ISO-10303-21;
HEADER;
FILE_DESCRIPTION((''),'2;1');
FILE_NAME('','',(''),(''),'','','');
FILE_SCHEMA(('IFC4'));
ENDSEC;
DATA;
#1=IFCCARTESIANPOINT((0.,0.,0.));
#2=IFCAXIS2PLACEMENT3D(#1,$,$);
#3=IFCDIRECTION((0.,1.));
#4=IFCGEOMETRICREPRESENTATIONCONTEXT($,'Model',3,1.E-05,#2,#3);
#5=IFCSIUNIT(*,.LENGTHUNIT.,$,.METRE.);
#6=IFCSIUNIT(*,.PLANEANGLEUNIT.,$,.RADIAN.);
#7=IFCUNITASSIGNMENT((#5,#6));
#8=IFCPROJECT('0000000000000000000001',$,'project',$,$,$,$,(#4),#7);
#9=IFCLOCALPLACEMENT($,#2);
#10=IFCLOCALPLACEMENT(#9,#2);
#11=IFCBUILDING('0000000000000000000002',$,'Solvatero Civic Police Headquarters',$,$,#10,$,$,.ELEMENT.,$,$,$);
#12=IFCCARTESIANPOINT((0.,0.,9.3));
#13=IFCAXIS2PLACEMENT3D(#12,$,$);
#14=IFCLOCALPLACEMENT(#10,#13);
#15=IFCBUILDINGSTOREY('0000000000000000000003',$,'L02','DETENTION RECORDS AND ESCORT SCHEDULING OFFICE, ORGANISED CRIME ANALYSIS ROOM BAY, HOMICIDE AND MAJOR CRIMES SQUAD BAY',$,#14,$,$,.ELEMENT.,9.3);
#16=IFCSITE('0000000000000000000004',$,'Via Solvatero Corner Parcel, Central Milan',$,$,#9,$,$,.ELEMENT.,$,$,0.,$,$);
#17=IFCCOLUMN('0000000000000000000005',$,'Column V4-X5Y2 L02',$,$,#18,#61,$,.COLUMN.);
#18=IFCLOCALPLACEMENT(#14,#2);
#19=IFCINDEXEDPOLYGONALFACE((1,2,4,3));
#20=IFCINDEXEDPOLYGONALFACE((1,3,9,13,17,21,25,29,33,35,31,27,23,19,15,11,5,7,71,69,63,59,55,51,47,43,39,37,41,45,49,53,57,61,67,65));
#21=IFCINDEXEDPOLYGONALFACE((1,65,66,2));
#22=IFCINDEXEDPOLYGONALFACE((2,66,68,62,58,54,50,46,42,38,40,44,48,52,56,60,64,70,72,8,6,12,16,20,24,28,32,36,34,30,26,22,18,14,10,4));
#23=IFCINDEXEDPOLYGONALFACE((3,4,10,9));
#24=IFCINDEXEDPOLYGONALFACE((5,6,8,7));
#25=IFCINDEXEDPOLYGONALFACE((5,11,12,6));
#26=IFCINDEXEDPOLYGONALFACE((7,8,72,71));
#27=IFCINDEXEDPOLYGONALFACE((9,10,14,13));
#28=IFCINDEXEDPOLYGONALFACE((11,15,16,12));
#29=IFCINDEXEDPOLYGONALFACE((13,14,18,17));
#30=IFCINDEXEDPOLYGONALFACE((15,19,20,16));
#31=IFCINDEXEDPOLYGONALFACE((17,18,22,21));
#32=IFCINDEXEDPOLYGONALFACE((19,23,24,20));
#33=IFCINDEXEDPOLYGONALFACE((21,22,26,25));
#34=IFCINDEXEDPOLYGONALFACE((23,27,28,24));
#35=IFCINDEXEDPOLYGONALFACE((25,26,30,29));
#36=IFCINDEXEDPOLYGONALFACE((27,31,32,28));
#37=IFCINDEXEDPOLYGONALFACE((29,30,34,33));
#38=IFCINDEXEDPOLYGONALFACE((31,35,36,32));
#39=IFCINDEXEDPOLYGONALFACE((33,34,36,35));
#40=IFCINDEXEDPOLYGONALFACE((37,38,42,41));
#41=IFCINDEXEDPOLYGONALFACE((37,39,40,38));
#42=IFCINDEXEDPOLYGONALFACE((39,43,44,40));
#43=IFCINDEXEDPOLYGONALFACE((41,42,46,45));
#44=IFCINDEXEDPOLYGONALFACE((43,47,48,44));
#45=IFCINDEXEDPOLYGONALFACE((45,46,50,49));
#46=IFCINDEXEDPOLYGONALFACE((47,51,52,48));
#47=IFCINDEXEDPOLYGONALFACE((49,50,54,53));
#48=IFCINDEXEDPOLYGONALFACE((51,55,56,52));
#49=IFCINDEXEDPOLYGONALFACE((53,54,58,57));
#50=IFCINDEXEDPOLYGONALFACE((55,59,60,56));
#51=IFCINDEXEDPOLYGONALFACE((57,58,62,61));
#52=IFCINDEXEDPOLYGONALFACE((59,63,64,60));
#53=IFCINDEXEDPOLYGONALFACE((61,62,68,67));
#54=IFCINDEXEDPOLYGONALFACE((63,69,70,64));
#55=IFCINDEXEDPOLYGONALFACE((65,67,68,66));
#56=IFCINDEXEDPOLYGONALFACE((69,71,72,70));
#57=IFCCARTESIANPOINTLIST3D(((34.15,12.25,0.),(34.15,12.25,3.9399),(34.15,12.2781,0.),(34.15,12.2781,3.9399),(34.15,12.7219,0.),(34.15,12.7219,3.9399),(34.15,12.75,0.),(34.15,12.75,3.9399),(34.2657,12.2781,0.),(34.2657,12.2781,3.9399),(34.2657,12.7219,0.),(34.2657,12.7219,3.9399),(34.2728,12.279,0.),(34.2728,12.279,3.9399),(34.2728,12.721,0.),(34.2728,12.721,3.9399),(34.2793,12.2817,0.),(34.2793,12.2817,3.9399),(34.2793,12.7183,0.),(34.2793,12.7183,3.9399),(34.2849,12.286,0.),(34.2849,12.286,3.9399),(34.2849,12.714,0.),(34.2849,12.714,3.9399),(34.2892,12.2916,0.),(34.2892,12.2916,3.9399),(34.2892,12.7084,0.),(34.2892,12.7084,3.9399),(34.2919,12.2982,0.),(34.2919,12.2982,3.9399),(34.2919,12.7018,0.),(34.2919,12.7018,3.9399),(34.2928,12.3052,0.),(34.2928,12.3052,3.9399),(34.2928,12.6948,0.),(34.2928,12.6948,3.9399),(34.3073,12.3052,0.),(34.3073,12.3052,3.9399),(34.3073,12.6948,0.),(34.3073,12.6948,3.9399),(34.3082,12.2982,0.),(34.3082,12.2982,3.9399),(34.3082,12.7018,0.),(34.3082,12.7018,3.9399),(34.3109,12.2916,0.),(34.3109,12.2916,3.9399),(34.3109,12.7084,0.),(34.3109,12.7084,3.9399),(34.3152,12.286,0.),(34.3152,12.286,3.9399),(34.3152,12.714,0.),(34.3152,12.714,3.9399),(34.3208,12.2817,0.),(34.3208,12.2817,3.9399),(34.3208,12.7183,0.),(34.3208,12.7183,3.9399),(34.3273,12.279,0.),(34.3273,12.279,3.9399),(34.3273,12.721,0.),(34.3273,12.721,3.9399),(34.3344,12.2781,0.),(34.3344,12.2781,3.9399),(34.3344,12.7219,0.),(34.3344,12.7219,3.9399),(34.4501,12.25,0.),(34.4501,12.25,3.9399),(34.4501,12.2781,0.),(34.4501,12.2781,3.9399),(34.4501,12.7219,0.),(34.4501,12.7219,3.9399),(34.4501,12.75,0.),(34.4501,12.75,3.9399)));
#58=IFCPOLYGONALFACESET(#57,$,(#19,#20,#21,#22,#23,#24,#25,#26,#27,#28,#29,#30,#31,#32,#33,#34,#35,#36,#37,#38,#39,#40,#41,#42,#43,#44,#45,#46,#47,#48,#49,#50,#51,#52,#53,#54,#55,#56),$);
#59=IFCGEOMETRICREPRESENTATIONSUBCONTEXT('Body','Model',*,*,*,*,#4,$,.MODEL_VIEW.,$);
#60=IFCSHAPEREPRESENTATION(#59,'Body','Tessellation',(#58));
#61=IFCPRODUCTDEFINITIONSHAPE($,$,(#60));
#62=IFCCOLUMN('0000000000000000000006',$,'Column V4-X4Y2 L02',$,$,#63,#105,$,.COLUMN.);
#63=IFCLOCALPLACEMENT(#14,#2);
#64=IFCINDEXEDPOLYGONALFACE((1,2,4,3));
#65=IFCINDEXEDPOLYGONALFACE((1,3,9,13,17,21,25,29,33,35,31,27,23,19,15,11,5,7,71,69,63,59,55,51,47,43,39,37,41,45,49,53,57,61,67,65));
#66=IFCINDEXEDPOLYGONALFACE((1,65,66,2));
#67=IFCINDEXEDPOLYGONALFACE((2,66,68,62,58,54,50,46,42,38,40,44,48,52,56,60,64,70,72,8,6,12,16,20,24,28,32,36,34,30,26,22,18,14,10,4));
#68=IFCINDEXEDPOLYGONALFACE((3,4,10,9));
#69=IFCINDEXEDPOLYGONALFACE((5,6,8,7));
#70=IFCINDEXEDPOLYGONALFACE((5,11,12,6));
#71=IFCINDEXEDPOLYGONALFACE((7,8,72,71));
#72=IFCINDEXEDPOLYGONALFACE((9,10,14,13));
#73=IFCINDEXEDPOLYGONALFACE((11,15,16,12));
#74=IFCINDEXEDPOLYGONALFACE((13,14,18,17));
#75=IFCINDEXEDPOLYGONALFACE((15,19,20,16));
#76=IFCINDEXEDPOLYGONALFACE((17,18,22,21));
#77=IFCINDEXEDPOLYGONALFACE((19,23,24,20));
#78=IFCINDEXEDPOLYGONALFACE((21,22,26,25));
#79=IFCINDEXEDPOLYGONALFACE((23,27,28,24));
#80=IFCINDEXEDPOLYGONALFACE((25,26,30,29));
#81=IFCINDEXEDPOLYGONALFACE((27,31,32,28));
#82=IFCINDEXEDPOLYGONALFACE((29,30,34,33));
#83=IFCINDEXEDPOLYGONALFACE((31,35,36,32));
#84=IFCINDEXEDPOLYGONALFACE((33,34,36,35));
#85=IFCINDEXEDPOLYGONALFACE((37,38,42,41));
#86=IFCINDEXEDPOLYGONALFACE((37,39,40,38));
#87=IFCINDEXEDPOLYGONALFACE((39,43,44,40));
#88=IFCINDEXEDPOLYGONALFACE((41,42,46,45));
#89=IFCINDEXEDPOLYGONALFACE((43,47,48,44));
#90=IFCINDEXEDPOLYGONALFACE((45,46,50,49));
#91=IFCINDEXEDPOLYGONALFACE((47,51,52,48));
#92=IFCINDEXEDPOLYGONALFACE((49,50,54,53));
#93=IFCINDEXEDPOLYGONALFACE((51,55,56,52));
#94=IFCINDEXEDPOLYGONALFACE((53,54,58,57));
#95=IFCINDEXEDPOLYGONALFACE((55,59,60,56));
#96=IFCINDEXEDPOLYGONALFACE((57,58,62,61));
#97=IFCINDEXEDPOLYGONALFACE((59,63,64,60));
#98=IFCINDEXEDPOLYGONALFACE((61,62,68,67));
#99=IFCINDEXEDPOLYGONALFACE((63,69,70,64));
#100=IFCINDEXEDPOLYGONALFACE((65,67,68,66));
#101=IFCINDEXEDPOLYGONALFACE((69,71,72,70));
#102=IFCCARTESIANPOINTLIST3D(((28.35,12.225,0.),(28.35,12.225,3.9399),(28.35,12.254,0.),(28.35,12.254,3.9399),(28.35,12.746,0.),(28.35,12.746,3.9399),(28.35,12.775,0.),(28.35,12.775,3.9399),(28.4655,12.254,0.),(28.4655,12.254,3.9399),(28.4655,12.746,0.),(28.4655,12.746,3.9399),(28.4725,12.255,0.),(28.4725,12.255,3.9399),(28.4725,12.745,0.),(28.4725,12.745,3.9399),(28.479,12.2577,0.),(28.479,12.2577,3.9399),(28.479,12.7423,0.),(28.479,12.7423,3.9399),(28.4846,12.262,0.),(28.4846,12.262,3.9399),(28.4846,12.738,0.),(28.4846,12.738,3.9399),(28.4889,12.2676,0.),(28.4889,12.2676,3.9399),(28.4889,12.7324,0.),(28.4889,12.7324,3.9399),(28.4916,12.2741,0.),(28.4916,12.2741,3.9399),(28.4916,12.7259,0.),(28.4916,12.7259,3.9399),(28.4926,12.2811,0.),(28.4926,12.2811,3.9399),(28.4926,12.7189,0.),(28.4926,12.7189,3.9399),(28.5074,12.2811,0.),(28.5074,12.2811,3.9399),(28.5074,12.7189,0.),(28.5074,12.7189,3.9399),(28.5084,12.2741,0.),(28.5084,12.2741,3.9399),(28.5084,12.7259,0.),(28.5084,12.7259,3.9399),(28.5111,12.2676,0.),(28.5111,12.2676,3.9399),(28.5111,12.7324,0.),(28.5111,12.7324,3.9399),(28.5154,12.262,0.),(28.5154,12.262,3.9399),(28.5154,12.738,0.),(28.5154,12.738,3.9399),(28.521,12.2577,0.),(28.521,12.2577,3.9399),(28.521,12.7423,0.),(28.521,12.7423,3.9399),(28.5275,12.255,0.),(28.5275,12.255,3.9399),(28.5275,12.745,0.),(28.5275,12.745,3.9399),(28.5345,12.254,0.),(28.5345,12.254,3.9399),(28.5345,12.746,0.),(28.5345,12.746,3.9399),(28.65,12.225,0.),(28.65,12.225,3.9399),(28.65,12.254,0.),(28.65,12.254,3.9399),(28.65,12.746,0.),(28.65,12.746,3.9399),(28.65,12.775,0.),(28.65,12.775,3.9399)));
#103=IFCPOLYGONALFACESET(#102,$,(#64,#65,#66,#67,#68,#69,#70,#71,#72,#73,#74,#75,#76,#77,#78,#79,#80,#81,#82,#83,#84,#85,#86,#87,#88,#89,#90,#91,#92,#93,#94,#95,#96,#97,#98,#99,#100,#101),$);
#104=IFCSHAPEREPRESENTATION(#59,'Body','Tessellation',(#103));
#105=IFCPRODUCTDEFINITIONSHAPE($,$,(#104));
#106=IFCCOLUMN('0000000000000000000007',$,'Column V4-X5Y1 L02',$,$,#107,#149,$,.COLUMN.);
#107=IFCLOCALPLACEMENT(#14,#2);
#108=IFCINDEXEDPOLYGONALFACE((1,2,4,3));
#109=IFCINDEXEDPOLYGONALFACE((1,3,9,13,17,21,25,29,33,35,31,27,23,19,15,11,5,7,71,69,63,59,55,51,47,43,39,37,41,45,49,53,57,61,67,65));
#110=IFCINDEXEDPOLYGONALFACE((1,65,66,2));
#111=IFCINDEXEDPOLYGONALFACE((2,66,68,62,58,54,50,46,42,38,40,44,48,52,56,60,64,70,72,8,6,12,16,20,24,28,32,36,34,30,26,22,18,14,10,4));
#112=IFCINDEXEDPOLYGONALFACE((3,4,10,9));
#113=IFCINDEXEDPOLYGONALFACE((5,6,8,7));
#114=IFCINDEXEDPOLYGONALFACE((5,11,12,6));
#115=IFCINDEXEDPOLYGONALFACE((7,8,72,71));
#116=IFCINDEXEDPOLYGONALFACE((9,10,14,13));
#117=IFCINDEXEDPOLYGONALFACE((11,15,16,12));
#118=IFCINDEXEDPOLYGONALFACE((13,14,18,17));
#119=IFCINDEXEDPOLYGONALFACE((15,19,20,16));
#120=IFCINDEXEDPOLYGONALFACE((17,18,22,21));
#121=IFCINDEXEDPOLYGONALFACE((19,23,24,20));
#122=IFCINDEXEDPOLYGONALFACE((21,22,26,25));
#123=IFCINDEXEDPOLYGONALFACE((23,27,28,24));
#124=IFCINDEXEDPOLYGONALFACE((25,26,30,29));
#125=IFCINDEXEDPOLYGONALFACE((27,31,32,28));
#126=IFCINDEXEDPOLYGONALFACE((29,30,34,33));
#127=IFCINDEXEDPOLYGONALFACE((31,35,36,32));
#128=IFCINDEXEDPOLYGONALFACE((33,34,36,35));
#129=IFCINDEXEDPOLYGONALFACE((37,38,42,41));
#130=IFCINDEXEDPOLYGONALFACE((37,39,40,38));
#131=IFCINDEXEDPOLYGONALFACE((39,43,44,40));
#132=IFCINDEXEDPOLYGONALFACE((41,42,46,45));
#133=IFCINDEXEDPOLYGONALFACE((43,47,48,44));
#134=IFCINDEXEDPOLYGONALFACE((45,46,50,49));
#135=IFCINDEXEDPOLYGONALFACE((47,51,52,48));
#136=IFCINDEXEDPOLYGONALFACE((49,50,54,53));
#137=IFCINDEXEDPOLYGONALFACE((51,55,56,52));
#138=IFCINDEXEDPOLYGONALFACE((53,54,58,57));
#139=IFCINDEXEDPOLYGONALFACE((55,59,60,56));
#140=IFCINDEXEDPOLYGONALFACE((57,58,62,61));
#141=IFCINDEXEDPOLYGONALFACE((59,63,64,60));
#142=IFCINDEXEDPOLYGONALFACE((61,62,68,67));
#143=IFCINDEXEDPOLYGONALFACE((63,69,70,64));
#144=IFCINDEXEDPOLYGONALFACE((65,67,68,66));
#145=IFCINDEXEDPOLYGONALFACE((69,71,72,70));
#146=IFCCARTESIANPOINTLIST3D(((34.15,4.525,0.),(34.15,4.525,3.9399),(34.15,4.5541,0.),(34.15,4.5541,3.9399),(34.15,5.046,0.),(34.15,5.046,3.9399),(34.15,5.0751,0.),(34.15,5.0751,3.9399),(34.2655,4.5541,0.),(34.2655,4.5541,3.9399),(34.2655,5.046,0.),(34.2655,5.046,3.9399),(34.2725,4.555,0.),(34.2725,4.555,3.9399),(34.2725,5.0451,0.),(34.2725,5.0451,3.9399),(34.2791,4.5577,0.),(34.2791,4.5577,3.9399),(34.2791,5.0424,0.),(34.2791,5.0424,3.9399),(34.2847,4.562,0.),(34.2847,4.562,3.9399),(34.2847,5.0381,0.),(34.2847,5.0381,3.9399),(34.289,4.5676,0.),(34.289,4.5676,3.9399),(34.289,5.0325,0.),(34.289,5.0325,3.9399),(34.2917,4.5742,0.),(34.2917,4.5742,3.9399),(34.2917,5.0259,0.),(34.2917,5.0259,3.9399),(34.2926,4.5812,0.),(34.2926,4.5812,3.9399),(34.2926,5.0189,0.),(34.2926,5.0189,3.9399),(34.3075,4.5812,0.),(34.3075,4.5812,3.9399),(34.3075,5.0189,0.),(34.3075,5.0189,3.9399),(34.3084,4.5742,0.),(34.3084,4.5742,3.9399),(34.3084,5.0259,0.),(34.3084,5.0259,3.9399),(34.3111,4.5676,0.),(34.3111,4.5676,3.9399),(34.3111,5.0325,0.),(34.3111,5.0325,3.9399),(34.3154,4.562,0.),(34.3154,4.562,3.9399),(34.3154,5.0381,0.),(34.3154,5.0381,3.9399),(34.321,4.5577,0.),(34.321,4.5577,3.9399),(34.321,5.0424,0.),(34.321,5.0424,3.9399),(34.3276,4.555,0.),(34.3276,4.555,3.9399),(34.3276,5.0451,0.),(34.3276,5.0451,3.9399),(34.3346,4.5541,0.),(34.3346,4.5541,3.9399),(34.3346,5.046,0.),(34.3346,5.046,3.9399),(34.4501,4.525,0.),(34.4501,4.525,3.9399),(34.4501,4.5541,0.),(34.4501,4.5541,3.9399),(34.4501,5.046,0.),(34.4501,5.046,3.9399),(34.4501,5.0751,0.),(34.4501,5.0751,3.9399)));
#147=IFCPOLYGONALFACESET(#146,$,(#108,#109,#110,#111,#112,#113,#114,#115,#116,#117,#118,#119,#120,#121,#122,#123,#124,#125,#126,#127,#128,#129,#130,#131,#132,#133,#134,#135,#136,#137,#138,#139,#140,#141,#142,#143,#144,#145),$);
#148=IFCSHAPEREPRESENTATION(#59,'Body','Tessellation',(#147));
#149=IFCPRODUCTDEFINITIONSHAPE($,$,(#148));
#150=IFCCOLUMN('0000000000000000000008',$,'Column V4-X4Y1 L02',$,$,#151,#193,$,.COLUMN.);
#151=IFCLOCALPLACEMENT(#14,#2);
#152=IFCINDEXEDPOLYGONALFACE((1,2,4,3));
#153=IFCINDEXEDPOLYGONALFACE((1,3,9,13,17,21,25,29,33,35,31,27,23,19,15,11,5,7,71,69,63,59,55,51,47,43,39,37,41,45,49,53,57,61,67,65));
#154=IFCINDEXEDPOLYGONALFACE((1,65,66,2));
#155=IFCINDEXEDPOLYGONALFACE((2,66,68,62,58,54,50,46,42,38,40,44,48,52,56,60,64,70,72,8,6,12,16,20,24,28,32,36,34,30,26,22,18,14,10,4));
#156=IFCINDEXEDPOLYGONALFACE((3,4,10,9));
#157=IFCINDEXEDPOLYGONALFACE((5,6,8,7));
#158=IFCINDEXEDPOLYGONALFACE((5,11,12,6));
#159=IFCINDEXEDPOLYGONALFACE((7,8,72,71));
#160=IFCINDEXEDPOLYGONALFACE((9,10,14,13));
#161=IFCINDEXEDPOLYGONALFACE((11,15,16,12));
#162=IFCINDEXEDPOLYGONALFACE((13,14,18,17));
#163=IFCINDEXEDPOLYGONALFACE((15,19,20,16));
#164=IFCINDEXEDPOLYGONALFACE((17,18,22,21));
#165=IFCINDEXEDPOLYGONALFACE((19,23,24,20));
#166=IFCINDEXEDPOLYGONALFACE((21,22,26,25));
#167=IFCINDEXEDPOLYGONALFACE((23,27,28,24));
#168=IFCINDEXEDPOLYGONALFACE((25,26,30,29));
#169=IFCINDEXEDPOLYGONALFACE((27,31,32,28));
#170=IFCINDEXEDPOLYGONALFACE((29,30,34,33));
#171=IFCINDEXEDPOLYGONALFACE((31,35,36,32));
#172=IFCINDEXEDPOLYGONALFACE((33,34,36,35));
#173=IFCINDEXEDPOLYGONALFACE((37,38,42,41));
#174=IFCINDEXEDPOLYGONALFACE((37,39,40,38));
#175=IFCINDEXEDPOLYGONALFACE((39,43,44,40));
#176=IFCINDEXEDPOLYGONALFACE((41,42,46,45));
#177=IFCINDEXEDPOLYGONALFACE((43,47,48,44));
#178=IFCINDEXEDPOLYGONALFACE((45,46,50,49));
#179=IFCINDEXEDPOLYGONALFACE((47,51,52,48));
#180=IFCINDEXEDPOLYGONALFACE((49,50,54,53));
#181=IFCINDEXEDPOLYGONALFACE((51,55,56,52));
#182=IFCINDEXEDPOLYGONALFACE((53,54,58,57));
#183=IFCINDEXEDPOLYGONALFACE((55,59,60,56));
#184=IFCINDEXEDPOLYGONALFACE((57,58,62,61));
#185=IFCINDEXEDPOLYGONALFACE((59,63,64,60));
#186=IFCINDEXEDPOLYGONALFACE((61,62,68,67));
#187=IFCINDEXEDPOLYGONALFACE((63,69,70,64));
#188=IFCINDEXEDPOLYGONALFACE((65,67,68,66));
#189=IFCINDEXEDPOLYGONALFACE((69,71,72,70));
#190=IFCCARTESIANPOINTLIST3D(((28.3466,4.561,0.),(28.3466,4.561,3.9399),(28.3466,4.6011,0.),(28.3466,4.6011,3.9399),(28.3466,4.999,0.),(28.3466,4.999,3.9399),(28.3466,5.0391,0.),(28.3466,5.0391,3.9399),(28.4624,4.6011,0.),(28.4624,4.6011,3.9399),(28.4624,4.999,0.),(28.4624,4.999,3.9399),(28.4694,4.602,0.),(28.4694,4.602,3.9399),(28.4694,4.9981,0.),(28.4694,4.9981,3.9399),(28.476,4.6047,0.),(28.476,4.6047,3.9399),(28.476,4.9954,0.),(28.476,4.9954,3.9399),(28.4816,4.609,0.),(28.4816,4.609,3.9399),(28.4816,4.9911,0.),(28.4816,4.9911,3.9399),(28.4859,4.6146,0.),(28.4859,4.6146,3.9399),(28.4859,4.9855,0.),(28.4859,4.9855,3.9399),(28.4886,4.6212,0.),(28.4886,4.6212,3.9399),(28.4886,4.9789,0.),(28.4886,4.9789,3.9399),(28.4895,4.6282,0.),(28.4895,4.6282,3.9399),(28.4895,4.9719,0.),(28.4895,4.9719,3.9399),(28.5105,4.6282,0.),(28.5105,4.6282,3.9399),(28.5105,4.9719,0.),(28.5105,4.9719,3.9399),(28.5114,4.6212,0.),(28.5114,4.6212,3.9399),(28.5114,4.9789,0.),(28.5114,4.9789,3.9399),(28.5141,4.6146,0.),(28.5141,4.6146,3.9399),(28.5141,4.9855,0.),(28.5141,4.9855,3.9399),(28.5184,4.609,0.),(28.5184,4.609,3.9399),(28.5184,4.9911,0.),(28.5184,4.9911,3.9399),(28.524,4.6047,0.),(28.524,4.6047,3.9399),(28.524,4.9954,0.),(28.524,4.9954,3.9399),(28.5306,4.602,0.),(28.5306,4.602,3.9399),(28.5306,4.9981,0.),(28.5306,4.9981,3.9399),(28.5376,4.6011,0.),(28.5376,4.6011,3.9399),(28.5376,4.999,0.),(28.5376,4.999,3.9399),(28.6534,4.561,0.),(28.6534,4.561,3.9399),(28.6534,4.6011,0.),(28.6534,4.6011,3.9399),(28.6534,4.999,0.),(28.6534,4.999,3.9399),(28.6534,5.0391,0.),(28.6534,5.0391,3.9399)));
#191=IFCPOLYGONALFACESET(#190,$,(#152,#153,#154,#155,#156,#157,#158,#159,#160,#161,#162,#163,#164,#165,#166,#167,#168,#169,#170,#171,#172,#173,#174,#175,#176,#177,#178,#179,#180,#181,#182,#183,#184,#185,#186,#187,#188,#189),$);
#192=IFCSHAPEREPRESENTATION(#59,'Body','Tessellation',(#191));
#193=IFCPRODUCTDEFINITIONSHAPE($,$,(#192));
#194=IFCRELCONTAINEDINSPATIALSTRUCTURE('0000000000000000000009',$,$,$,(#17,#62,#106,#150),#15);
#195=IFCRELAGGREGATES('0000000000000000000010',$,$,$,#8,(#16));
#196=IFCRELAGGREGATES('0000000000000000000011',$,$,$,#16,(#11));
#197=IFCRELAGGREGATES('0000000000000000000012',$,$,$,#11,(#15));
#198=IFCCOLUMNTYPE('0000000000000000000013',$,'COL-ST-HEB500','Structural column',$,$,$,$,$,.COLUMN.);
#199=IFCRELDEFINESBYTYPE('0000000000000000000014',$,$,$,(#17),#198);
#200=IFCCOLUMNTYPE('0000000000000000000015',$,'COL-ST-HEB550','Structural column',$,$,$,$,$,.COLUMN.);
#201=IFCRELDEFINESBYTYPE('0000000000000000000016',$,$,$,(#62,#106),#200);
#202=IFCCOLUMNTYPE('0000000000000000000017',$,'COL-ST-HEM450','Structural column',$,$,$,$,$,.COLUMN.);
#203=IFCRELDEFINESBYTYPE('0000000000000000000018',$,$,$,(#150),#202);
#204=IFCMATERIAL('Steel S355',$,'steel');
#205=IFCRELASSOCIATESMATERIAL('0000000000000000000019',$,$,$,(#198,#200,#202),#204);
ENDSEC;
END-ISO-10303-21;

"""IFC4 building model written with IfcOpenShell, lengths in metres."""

from ifc_helpers import new_model, si_unit, direction, frame, origin, origin_2d, place, context, subcontext, project, spatial, i_section, extrude, material, material_profile, profile_set, type_object, element, save


model = new_model("IFC4")

# Units and contexts
model_context = context("Model", 3, precision=1e-05, world=origin(), true_north=direction((0.0, 1.0)))
body_context = subcontext(model_context, "Body", "Model", "MODEL_VIEW")
ifc_project = project(units=[si_unit("LENGTHUNIT", "METRE"), si_unit("PLANEANGLEUNIT", "RADIAN")], contexts=[model_context])

# Site, building, storey
site_placement = place(None, origin())
site = spatial("IfcSite", under=ifc_project, at=site_placement, Name="Via Solvatero Corner Parcel, Central Milan", CompositionType="ELEMENT", RefElevation=0.0)
building_placement = place(site_placement, origin())
building = spatial("IfcBuilding", under=site, at=building_placement, Name="Solvatero Civic Police Headquarters", CompositionType="ELEMENT")
storey_placement = place(building_placement, frame((0.0, 0.0, 9.3)))
storey = spatial("IfcBuildingStorey", under=building, at=storey_placement, Name="L02", Description="DETENTION RECORDS AND ESCORT SCHEDULING OFFICE, ORGANISED CRIME ANALYSIS ROOM BAY, HOMICIDE AND MAJOR CRIMES SQUAD BAY", CompositionType="ELEMENT", Elevation=9.3)

# Columns
ifc_material_1 = material(Name="Steel S355", Category="steel")
ifc_material_profile_1 = material_profile(ifc_material_1, i_section(OverallWidth=0.3, OverallDepth=0.5, WebThickness=0.0144, FlangeThickness=0.0281, FilletRadius=0.0271, at=origin_2d()), Name="HEB 500")
ifc_profile_set_1 = profile_set([ifc_material_profile_1], Name="Steel S355")
column_type_1 = type_object("IfcColumnType", Name="COL-ST-HEB500", Description="Structural column", PredefinedType="COLUMN", material=ifc_profile_set_1)
column_1_placement = place(storey_placement, frame((34.3, 12.5, 0.0), z_axis=(0.0, 0.0, 1.0), x_axis=(1.0, 0.0, 0.0)))
element("IfcColumn", 1, at=column_1_placement, inside=storey, type_object=column_type_1, Name="Column V4-X5Y2 L02", PredefinedType="COLUMN", context=body_context, shape_type="SweptSolid", body=[
    extrude(i_section(OverallWidth=0.3, OverallDepth=0.5, WebThickness=0.0144, FlangeThickness=0.0281, FilletRadius=0.0271, at=origin_2d()), origin(), (0.0, 0.0, 1.0), 3.9399),
])
ifc_material_profile_2 = material_profile(ifc_material_1, i_section(OverallWidth=0.3, OverallDepth=0.55, WebThickness=0.0149, FlangeThickness=0.0291, FilletRadius=0.0271, at=origin_2d()), Name="HEB 550")
ifc_profile_set_2 = profile_set([ifc_material_profile_2], Name="Steel S355")
column_type_2 = type_object("IfcColumnType", Name="COL-ST-HEB550", Description="Structural column", PredefinedType="COLUMN", material=ifc_profile_set_2)
for number, where, z_axis, x_axis, name in (
    (2, (28.5, 12.5, 0.0), (0.0, 0.0, 1.0), (1.0, 0.0, 0.0), "Column V4-X4Y2 L02"),
    (3, (34.3, 4.8, 0.0), (0.0, 0.0, 1.0), (1.0, 0.0, 0.0), "Column V4-X5Y1 L02"),
):
    element("IfcColumn", number, at=place(storey_placement, frame(where, z_axis=z_axis, x_axis=x_axis)), inside=storey, type_object=column_type_2, Name=name, PredefinedType="COLUMN", context=body_context, shape_type="SweptSolid", body=[
        extrude(i_section(OverallWidth=0.3, OverallDepth=0.55, WebThickness=0.0149, FlangeThickness=0.0291, FilletRadius=0.0271, at=origin_2d()), origin(), (0.0, 0.0, 1.0), 3.9399),
    ])
ifc_material_profile_3 = material_profile(ifc_material_1, i_section(OverallWidth=0.3069, OverallDepth=0.478, WebThickness=0.021, FlangeThickness=0.04, FilletRadius=0.0271, at=origin_2d()), Name="HEM 450")
ifc_profile_set_3 = profile_set([ifc_material_profile_3], Name="Steel S355")
column_type_3 = type_object("IfcColumnType", Name="COL-ST-HEM450", Description="Structural column", PredefinedType="COLUMN", material=ifc_profile_set_3)
column_2_placement = place(storey_placement, frame((28.5, 4.8, 0.0), z_axis=(0.0, 0.0, 1.0), x_axis=(1.0, 0.0, 0.0)))
element("IfcColumn", 4, at=column_2_placement, inside=storey, type_object=column_type_3, Name="Column V4-X4Y1 L02", PredefinedType="COLUMN", context=body_context, shape_type="SweptSolid", body=[
    extrude(i_section(OverallWidth=0.3069, OverallDepth=0.478, WebThickness=0.021, FlangeThickness=0.04, FilletRadius=0.0271, at=origin_2d()), origin(), (0.0, 0.0, 1.0), 3.9399),
])

save(model, "model.ifc")
